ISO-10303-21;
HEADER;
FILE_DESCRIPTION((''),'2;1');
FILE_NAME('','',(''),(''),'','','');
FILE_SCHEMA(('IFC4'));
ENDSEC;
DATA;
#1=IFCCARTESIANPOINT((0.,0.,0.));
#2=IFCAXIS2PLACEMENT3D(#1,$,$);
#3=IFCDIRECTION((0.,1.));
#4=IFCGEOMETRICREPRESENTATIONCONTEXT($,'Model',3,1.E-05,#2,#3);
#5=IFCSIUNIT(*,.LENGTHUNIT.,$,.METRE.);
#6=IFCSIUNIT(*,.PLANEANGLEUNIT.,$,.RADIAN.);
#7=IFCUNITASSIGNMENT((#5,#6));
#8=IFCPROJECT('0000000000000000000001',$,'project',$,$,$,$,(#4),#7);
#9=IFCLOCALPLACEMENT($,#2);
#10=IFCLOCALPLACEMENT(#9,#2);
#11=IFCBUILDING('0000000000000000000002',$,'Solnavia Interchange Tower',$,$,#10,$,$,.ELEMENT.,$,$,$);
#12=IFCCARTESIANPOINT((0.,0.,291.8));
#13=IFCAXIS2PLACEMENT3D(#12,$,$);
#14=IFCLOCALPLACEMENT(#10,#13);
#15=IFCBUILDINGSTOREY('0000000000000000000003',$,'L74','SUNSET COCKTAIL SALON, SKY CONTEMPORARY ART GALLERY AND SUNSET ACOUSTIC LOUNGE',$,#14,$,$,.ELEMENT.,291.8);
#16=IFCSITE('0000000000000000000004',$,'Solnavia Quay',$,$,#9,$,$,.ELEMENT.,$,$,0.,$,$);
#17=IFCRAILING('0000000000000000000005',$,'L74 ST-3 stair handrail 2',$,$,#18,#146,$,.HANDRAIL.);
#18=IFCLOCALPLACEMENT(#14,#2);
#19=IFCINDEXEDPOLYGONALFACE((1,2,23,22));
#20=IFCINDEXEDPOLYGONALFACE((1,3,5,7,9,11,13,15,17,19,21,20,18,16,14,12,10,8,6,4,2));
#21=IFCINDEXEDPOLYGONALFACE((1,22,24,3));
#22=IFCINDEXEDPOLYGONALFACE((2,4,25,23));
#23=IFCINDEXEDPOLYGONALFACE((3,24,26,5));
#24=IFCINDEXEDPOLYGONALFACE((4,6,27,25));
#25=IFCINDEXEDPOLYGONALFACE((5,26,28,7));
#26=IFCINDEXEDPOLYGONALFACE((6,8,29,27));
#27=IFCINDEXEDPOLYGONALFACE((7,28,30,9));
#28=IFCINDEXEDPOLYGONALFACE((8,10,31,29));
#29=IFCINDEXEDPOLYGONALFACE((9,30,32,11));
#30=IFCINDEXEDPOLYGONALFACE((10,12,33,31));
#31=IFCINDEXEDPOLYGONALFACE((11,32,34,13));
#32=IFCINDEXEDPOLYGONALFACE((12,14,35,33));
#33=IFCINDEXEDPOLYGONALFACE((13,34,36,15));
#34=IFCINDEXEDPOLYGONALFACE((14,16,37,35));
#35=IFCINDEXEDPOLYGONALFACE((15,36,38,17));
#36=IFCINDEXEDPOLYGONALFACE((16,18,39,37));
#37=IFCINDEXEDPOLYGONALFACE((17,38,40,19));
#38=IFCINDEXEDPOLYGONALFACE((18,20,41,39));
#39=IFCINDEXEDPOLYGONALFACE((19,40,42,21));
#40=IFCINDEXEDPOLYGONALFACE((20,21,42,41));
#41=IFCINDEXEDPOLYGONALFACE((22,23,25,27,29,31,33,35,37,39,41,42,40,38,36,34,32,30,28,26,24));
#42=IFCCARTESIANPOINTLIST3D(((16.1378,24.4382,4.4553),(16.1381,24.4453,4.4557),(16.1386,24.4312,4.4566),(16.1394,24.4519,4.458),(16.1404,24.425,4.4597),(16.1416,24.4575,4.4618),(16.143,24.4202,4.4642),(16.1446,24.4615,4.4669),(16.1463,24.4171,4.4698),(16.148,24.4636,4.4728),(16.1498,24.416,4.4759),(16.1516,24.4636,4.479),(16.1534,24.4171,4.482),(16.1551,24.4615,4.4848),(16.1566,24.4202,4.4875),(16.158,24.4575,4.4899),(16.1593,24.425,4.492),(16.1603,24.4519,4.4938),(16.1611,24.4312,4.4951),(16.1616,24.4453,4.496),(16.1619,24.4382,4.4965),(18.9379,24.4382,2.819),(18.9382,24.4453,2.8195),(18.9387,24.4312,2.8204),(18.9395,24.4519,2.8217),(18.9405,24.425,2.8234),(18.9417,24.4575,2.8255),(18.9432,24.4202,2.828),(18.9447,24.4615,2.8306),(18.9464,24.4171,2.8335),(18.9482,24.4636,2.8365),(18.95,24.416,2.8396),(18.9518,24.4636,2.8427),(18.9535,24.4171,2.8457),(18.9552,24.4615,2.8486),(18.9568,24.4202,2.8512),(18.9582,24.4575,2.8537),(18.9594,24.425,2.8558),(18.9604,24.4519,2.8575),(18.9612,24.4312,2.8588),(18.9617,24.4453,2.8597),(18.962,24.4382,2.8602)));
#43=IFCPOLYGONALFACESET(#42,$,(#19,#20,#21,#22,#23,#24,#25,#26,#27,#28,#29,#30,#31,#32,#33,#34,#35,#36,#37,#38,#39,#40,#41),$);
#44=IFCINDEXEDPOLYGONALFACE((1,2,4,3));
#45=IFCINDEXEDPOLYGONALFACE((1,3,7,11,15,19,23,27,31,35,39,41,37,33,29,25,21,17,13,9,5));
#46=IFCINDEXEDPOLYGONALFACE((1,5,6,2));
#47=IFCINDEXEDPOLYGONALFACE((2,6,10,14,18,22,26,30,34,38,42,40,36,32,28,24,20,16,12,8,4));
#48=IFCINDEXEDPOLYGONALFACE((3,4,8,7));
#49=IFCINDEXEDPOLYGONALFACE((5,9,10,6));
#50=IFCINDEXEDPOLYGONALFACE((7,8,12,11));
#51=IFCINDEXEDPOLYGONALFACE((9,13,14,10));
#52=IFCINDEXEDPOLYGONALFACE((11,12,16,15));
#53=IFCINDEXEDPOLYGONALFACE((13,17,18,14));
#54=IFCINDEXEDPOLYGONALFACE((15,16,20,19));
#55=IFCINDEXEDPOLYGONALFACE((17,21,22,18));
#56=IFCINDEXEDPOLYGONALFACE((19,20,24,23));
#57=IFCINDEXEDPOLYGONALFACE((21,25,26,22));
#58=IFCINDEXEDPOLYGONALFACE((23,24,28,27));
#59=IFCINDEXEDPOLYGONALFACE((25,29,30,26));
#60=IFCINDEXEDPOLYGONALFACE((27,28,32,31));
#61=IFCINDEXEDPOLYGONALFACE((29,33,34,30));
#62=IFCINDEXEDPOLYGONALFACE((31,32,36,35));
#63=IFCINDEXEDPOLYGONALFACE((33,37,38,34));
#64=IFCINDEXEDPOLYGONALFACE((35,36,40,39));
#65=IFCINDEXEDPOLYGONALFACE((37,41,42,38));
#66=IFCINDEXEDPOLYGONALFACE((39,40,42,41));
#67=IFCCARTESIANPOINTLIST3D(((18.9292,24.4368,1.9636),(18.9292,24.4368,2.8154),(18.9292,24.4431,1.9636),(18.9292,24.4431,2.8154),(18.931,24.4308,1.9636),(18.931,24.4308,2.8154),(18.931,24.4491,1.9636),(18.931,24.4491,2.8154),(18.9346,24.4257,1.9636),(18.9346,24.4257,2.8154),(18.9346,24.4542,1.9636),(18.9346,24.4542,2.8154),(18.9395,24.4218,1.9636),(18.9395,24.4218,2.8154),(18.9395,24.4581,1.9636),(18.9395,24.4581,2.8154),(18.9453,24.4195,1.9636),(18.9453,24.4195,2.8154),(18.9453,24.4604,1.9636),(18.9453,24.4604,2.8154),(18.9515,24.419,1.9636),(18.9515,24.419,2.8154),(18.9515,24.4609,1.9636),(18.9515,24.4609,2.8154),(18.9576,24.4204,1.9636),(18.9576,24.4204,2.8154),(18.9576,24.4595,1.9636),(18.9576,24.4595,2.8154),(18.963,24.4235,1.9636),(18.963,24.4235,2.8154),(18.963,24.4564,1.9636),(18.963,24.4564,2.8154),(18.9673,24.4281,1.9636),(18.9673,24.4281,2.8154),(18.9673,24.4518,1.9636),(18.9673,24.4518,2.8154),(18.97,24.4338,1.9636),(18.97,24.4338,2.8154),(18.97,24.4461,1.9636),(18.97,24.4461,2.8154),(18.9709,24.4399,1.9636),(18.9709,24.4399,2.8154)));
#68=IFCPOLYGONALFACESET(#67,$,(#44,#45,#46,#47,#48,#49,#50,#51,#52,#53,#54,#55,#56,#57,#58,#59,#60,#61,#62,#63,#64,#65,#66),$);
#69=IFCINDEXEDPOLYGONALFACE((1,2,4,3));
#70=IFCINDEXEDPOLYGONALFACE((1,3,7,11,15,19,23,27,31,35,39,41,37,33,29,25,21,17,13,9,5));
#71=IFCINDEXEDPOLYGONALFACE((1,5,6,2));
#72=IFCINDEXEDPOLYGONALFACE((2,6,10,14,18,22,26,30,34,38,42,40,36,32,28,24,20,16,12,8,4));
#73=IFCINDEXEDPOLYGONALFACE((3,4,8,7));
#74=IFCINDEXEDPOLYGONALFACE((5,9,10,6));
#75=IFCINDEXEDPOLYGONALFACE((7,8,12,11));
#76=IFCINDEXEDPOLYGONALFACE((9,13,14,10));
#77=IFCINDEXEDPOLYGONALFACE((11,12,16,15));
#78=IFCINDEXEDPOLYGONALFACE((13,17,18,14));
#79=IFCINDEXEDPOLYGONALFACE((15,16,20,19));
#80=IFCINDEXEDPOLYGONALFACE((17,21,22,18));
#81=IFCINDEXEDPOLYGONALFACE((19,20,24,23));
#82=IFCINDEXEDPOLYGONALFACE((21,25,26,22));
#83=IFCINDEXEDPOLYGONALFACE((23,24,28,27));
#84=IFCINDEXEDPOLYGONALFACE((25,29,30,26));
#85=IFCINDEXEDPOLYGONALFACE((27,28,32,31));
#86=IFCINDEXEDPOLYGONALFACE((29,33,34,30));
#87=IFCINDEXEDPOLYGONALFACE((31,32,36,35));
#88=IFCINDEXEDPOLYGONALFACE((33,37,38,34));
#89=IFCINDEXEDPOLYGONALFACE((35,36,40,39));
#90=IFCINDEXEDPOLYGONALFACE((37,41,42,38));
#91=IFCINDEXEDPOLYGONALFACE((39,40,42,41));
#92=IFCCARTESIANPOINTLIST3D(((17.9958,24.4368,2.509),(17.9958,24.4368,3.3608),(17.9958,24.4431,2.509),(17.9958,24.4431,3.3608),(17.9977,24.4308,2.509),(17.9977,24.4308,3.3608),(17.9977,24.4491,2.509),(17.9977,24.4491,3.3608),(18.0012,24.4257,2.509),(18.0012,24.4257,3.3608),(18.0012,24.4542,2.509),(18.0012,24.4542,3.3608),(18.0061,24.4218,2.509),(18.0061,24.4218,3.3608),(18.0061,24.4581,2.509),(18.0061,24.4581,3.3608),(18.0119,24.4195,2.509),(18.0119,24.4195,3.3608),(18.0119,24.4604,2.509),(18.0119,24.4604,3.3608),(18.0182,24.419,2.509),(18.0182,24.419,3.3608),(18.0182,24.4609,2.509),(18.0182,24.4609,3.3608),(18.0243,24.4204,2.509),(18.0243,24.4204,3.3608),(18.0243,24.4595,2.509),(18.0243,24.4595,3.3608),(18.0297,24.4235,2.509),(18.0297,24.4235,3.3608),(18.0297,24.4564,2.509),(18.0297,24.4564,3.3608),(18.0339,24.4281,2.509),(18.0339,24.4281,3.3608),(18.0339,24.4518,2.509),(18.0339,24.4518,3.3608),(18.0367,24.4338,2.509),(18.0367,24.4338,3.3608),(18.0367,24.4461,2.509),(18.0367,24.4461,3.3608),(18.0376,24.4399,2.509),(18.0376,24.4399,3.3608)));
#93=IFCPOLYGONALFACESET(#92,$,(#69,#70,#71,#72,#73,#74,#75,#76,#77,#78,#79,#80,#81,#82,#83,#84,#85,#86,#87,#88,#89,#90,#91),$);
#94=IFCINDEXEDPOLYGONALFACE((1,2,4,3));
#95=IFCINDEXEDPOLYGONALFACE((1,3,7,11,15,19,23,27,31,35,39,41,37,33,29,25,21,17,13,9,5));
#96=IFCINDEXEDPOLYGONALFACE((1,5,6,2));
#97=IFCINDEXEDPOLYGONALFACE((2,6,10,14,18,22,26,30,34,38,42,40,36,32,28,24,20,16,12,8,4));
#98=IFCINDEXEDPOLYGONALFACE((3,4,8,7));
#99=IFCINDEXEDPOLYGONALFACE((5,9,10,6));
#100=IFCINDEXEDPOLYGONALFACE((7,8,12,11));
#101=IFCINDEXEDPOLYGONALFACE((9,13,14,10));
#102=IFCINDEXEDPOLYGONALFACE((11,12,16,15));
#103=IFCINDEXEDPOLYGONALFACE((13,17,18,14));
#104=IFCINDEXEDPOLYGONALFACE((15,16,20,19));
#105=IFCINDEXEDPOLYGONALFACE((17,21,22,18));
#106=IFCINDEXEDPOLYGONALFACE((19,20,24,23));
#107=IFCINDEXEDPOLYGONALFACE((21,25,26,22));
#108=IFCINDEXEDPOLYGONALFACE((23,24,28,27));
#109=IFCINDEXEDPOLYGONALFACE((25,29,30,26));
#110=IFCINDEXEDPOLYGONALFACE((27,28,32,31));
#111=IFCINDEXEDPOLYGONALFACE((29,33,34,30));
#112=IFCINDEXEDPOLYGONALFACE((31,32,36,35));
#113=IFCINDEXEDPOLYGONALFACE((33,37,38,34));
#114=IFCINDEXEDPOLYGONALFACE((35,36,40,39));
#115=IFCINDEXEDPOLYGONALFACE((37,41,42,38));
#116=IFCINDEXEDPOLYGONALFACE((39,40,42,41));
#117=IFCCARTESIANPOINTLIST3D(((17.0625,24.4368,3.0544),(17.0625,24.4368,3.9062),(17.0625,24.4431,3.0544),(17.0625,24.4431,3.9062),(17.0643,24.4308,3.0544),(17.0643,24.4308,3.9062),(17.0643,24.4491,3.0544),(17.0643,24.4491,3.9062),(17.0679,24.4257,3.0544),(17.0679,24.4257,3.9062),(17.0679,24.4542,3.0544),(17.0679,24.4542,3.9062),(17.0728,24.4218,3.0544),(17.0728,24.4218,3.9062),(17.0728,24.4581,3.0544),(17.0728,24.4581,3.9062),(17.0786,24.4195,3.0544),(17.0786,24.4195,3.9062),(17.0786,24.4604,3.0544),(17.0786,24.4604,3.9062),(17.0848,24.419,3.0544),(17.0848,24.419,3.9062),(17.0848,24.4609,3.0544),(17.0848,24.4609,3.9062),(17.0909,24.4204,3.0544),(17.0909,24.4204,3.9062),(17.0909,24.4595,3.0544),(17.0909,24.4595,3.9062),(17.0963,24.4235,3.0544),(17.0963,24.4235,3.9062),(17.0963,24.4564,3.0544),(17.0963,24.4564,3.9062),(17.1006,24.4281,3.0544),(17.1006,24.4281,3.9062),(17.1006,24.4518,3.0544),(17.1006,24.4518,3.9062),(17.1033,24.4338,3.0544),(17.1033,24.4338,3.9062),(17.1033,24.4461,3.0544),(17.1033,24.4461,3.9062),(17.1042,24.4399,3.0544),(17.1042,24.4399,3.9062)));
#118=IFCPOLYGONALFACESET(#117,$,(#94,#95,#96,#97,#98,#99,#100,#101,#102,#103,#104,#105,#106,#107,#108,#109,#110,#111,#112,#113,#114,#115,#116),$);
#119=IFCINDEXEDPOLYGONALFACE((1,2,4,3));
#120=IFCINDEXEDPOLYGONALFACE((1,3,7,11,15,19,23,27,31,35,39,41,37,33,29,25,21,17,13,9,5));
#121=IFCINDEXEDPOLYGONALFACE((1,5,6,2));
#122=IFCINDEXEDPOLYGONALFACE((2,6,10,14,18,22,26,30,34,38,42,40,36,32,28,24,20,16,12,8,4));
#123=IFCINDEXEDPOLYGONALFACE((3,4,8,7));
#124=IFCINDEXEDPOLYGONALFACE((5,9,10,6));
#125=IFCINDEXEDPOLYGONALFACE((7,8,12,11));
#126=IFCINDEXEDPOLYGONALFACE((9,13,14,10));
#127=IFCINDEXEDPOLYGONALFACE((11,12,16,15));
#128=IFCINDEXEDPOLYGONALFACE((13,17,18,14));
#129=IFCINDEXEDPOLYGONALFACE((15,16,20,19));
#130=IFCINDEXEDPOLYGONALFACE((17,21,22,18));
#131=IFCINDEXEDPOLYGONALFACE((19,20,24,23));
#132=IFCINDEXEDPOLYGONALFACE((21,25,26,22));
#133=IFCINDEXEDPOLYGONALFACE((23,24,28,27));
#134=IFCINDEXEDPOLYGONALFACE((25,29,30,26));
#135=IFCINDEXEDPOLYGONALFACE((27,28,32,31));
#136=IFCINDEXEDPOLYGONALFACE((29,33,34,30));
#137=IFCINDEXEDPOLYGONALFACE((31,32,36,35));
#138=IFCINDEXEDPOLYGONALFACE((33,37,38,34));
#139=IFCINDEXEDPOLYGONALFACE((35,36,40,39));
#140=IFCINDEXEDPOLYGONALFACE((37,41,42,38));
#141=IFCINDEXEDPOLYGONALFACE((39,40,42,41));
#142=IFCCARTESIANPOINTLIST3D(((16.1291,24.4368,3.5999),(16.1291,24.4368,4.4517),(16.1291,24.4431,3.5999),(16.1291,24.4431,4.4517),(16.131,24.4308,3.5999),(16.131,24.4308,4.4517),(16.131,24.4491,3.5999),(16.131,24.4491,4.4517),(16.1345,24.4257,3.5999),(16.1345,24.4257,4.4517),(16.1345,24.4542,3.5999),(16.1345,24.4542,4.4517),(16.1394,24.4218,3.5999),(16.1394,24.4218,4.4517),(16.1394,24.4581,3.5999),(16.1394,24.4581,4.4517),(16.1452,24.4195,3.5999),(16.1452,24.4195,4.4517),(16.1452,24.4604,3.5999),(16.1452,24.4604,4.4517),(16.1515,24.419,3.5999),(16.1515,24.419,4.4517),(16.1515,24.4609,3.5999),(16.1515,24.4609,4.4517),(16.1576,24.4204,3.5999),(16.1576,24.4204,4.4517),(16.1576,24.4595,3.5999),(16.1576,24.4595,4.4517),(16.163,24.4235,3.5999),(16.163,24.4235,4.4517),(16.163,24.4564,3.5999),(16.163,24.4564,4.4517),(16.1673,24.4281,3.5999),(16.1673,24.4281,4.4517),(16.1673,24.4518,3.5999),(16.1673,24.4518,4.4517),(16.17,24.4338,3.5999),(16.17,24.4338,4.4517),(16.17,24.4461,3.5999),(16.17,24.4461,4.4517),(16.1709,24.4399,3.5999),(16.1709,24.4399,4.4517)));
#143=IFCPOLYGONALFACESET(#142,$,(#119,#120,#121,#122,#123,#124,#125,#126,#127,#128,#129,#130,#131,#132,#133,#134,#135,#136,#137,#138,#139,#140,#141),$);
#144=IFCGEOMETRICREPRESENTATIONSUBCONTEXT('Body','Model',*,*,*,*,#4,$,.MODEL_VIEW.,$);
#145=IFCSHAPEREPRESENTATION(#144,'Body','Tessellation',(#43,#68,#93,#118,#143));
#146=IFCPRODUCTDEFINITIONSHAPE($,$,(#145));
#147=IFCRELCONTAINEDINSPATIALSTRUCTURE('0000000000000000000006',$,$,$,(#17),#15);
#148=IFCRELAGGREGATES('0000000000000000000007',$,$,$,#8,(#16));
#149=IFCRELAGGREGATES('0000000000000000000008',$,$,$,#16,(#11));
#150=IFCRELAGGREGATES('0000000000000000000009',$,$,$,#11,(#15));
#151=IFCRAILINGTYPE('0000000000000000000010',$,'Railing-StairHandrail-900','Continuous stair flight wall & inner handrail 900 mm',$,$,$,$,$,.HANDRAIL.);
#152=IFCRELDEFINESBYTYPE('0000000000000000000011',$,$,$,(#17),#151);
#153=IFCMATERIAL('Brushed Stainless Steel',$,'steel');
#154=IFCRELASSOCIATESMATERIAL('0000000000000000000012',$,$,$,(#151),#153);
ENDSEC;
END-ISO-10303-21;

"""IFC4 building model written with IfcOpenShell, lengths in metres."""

from ifc_helpers import new_model, si_unit, direction, frame, origin, origin_2d, place, context, subcontext, project, spatial, circle, extrude, material, type_object, element, save


model = new_model("IFC4")

# Units and contexts
model_context = context("Model", 3, precision=1e-05, world=origin(), true_north=direction((0.0, 1.0)))
body_context = subcontext(model_context, "Body", "Model", "MODEL_VIEW")
ifc_project = project(units=[si_unit("LENGTHUNIT", "METRE"), si_unit("PLANEANGLEUNIT", "RADIAN")], contexts=[model_context])

# Site, building, storey
site_placement = place(None, origin())
site = spatial("IfcSite", under=ifc_project, at=site_placement, Name="Solnavia Quay", CompositionType="ELEMENT", RefElevation=0.0)
building_placement = place(site_placement, origin())
building = spatial("IfcBuilding", under=site, at=building_placement, Name="Solnavia Interchange Tower", CompositionType="ELEMENT")
storey_placement = place(building_placement, frame((0.0, 0.0, 291.8)))
storey = spatial("IfcBuildingStorey", under=building, at=storey_placement, Name="L74", Description="SUNSET COCKTAIL SALON, SKY CONTEMPORARY ART GALLERY AND SUNSET ACOUSTIC LOUNGE", CompositionType="ELEMENT", Elevation=291.8)

# Railing
ifc_material_1 = material(Name="Brushed Stainless Steel", Category="steel")
railing_type_1 = type_object("IfcRailingType", Name="Railing-StairHandrail-900", Description="Continuous stair flight wall & inner handrail 900 mm", PredefinedType="HANDRAIL", material=ifc_material_1)
railing_1_placement = place(storey_placement, frame((18.95, 24.4399, 1.9636)))
element("IfcRailing", 1, at=railing_1_placement, inside=storey, type_object=railing_type_1, Name="L74 ST-3 stair handrail 2", PredefinedType="HANDRAIL", context=body_context, shape_type="SweptSolid", body=[
    extrude(circle(Radius=0.0239, at=origin_2d()), frame((0.0, 0.0, 0.876), z_axis=(-0.863394, 0.0, 0.504531), x_axis=(0.0, -1.0, 0.0)), (0.0, 0.0, 1.0), 3.2432),
    extrude(circle(Radius=0.021, at=origin_2d()), origin(), (0.0, 0.0, 1.0), 0.8518),
    extrude(circle(Radius=0.021, at=origin_2d()), frame((-0.9333, 0.0, 0.5454)), (0.0, 0.0, 1.0), 0.8518),
    extrude(circle(Radius=0.021, at=origin_2d()), frame((-1.8667, 0.0, 1.0908)), (0.0, 0.0, 1.0), 0.8518),
    extrude(circle(Radius=0.021, at=origin_2d()), frame((-2.8, 0.0, 1.6362)), (0.0, 0.0, 1.0), 0.8518),
])

save(model, "model.ifc")
